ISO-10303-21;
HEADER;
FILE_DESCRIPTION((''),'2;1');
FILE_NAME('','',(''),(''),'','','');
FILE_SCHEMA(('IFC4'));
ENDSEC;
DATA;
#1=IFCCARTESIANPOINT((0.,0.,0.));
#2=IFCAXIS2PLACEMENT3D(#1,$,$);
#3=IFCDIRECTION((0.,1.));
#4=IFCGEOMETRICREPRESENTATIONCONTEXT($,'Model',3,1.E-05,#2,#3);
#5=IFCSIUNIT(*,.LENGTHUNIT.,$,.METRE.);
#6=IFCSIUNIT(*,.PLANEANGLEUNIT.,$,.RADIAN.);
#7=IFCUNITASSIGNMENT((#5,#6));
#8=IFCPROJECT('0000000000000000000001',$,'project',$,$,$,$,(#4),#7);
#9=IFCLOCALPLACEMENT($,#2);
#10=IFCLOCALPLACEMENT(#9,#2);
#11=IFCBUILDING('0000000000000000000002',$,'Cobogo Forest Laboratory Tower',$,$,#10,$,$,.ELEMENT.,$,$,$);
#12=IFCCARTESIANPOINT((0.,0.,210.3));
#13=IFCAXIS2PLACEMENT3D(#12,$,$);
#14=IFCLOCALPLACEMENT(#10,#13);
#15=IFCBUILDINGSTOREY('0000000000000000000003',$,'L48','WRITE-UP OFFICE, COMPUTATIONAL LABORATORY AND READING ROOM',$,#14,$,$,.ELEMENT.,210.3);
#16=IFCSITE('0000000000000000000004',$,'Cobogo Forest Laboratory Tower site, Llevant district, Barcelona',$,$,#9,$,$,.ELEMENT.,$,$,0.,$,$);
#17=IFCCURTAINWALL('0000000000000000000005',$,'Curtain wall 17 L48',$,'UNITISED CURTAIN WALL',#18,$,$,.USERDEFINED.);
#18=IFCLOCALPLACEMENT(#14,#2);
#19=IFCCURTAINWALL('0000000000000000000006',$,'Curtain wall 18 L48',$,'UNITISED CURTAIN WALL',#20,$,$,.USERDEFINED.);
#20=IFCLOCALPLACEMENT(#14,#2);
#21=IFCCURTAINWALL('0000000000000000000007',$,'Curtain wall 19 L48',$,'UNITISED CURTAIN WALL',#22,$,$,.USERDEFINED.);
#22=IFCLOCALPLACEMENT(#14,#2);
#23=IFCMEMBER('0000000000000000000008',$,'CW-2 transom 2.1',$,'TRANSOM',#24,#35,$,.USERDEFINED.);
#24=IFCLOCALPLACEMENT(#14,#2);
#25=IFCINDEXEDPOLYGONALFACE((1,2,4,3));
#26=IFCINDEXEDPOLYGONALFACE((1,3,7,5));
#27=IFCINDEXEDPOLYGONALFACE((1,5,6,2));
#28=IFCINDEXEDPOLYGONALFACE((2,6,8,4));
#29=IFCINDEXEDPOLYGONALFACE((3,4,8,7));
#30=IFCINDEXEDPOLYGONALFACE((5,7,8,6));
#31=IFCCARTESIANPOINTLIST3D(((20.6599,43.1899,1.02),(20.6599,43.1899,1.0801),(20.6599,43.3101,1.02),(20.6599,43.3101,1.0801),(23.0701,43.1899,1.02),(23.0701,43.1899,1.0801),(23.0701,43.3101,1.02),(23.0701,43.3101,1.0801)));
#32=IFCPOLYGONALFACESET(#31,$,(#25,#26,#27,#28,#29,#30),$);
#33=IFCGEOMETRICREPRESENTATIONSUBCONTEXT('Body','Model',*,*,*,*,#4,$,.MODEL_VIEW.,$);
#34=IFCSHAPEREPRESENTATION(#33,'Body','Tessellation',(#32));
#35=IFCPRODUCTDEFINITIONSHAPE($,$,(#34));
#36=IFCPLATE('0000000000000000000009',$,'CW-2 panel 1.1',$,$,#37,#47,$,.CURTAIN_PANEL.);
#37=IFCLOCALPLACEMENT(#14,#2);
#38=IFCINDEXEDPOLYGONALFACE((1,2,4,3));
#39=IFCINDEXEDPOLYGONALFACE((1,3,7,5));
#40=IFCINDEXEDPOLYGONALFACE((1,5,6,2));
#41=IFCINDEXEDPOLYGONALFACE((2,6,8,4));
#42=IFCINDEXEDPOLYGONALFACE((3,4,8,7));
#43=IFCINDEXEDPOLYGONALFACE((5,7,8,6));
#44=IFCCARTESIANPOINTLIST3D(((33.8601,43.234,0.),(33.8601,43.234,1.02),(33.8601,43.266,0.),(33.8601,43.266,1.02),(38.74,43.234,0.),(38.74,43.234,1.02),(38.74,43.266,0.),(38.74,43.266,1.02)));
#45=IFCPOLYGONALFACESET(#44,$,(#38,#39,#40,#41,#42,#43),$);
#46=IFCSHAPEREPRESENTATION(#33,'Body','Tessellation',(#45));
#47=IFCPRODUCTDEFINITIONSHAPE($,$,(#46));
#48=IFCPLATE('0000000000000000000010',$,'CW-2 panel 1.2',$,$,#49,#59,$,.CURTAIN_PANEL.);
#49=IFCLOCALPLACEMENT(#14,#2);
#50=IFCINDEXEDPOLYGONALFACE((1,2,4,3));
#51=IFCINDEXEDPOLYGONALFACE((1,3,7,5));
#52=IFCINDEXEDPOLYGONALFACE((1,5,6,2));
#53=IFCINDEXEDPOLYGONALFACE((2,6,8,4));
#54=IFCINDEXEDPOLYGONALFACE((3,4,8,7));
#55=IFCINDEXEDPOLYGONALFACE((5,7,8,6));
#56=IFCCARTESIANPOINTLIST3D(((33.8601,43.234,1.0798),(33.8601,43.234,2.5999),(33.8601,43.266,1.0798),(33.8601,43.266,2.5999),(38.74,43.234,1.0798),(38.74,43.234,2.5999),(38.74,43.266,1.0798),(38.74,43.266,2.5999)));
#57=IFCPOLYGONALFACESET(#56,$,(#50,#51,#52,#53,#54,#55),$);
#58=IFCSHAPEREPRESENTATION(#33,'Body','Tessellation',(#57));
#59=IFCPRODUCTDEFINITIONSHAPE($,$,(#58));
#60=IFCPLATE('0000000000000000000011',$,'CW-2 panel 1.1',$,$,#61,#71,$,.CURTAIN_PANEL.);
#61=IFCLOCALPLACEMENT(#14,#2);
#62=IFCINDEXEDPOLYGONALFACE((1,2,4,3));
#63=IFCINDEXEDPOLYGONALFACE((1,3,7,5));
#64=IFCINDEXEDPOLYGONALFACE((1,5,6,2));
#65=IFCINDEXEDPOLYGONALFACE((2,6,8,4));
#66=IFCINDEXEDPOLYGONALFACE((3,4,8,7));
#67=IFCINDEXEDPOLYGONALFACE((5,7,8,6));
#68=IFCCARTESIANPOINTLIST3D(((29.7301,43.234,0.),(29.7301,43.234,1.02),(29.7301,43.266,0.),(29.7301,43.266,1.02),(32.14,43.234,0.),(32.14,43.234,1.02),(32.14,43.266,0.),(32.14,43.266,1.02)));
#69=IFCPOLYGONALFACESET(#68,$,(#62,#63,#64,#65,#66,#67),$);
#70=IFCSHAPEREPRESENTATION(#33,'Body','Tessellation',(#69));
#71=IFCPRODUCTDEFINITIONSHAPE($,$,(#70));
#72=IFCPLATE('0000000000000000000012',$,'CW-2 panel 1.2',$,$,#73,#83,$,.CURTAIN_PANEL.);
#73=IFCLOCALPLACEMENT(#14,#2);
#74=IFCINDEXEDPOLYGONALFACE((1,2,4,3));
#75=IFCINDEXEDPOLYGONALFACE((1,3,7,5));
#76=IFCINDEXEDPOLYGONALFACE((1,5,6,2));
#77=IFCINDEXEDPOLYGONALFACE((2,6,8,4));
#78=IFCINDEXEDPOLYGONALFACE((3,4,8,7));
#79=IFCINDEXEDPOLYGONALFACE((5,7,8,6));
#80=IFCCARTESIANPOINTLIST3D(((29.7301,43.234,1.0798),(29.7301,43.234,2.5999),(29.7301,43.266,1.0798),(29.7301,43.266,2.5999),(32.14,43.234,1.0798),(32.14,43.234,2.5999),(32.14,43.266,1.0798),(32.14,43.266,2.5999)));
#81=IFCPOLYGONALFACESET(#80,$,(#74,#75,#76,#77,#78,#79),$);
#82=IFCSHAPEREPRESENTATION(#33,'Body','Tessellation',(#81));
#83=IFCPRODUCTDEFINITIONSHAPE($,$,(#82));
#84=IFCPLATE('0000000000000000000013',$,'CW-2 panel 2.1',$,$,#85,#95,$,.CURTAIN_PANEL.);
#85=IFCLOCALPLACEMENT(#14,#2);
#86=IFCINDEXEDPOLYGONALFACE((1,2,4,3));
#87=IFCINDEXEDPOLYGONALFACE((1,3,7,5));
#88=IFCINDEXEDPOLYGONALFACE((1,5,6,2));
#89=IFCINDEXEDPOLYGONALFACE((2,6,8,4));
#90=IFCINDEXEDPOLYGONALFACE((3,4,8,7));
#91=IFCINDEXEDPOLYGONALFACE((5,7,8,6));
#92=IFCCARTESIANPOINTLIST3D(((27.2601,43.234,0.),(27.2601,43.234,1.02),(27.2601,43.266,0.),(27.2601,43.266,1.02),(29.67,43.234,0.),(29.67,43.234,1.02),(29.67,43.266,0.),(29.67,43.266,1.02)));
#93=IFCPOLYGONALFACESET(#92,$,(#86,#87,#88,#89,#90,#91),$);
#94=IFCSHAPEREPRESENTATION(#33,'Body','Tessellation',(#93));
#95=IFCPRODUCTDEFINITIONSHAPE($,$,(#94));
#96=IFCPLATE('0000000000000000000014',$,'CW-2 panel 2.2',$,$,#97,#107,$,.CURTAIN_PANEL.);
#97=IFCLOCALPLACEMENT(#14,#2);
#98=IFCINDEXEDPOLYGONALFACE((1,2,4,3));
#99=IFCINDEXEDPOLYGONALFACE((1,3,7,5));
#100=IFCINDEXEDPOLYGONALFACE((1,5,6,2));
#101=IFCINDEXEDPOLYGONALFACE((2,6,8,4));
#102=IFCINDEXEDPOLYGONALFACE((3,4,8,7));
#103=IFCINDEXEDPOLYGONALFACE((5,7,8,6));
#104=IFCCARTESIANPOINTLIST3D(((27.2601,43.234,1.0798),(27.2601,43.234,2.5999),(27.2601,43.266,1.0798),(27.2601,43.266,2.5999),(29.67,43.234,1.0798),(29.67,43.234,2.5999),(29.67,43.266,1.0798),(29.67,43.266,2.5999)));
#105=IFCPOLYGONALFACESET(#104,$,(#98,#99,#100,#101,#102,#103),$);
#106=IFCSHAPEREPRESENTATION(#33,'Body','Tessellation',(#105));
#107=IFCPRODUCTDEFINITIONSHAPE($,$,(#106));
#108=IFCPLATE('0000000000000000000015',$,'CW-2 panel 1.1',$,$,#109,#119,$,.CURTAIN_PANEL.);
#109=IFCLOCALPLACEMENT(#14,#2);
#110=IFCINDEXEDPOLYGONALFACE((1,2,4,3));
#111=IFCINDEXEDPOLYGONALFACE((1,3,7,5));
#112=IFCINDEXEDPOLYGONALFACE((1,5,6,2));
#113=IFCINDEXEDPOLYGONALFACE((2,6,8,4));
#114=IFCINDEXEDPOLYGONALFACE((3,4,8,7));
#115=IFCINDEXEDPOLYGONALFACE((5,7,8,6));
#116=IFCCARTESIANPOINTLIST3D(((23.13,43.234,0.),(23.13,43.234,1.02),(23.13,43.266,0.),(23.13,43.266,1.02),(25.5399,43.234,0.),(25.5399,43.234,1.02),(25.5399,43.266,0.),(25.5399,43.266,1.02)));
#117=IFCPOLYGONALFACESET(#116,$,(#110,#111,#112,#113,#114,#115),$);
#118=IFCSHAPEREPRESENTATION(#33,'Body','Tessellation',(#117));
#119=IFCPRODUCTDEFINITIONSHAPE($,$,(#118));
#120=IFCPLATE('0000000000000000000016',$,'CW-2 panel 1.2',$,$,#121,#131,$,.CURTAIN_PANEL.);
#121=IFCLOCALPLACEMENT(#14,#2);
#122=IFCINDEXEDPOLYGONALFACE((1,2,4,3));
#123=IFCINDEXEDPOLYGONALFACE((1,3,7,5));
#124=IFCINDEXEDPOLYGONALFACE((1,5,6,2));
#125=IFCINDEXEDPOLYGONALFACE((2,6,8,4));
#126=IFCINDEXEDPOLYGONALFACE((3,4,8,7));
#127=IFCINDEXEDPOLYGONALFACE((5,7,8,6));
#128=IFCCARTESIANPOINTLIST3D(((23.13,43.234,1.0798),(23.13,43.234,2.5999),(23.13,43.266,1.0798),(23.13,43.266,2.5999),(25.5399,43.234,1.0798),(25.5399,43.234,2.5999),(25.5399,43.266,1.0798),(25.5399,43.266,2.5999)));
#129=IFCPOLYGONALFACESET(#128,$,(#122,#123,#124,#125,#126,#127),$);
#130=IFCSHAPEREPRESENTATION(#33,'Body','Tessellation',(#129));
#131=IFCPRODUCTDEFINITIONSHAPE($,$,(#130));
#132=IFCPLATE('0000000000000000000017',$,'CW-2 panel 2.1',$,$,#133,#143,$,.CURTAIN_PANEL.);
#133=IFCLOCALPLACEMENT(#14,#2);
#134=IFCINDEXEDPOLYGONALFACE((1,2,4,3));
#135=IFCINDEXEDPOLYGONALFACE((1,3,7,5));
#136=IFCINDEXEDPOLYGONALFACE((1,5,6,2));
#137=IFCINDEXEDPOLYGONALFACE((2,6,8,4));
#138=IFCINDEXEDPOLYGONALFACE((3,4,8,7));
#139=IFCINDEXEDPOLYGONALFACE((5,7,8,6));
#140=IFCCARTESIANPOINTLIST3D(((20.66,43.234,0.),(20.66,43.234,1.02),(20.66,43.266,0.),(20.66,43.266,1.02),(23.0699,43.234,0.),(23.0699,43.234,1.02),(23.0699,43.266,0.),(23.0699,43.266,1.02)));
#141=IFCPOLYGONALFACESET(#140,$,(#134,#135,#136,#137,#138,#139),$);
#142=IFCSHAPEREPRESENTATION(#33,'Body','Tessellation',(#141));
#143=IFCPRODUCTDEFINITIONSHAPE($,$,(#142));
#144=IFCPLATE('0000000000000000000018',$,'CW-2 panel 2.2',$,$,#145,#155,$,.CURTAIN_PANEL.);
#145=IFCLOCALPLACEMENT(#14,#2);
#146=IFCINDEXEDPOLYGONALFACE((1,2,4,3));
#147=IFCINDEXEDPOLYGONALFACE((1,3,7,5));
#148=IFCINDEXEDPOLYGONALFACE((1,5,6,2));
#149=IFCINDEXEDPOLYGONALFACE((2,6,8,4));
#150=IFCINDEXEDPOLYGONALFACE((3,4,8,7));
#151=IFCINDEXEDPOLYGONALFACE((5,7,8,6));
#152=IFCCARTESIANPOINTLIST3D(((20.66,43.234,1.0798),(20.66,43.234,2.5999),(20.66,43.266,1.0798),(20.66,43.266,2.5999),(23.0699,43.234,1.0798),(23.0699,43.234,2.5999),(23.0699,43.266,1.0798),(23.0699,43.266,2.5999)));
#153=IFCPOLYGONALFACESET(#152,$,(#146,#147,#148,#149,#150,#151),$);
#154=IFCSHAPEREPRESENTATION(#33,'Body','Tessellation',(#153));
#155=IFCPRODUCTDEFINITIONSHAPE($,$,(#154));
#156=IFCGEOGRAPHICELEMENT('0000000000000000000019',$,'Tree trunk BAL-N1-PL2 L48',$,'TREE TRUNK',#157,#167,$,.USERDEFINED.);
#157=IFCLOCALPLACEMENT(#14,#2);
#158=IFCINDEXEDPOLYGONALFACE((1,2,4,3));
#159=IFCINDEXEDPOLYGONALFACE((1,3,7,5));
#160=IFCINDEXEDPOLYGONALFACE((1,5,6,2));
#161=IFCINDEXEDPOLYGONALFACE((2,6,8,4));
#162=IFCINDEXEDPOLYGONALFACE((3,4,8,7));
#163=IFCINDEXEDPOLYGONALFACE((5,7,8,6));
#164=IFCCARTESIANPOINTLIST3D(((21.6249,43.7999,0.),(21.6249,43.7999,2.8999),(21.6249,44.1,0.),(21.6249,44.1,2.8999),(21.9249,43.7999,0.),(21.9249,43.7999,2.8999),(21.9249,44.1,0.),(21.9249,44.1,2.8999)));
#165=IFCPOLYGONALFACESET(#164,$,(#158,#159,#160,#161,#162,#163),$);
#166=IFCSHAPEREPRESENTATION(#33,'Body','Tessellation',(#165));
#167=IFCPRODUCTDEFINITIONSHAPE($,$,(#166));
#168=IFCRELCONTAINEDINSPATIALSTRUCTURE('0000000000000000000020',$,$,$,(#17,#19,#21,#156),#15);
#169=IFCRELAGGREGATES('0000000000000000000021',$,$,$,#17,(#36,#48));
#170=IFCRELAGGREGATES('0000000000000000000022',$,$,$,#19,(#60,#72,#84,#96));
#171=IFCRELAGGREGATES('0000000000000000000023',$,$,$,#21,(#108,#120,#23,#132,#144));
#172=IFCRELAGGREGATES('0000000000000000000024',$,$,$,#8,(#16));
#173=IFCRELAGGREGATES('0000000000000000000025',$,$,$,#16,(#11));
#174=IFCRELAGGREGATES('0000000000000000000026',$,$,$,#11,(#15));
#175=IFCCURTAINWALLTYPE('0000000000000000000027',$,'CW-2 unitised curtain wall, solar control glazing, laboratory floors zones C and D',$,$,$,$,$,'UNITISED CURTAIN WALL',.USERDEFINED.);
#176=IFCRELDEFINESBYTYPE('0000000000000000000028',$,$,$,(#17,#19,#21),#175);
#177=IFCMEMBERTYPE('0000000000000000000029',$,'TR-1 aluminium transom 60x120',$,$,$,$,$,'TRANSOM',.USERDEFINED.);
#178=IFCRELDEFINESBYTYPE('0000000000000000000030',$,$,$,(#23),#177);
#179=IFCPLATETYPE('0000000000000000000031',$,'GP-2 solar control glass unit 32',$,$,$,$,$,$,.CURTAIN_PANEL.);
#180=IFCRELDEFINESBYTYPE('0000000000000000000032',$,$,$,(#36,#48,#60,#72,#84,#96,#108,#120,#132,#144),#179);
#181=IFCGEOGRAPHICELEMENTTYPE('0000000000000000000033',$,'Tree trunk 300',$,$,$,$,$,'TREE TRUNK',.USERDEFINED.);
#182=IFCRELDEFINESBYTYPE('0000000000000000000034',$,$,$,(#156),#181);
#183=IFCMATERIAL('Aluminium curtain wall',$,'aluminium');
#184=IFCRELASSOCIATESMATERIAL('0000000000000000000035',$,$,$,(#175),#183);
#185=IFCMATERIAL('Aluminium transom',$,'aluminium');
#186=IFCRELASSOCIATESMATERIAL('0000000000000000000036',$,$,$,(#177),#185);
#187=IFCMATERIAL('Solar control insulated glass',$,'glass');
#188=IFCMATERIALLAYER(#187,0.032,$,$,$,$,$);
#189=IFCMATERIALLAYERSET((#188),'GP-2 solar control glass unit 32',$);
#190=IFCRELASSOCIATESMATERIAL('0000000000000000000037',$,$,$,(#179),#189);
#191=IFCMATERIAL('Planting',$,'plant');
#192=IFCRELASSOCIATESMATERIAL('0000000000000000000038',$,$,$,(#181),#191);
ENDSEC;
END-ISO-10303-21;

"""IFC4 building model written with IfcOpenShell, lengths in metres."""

from ifc_helpers import new_model, si_unit, direction, frame, origin, origin_2d, place, context, subcontext, project, spatial, rectangle, extrude, material, layer, layer_set, material_profile, profile_set, type_object, element, aggregate, save


model = new_model("IFC4")

# Units and contexts
model_context = context("Model", 3, precision=1e-05, world=origin(), true_north=direction((0.0, 1.0)))
body_context = subcontext(model_context, "Body", "Model", "MODEL_VIEW")
ifc_project = project(units=[si_unit("LENGTHUNIT", "METRE"), si_unit("PLANEANGLEUNIT", "RADIAN")], contexts=[model_context])

# Site, building, storey
site_placement = place(None, origin())
site = spatial("IfcSite", under=ifc_project, at=site_placement, Name="Cobogo Forest Laboratory Tower site, Llevant district, Barcelona", CompositionType="ELEMENT", RefElevation=0.0)
building_placement = place(site_placement, origin())
building = spatial("IfcBuilding", under=site, at=building_placement, Name="Cobogo Forest Laboratory Tower", CompositionType="ELEMENT")
storey_placement = place(building_placement, frame((0.0, 0.0, 210.3)))
storey = spatial("IfcBuildingStorey", under=building, at=storey_placement, Name="L48", Description="WRITE-UP OFFICE, COMPUTATIONAL LABORATORY AND READING ROOM", CompositionType="ELEMENT", Elevation=210.3)

# Curtain walls
ifc_material_1 = material(Name="Aluminium curtain wall", Category="aluminium")
curtain_wall_type = type_object("IfcCurtainWallType", Name="CW-2 unitised curtain wall, solar control glazing, laboratory floors zones C and D", ElementType="UNITISED CURTAIN WALL", PredefinedType="USERDEFINED", material=ifc_material_1)
curtain_wall_1_placement = place(storey_placement, origin())
curtain_wall_1 = element("IfcCurtainWall", 1, at=curtain_wall_1_placement, inside=storey, type_object=curtain_wall_type, Name="Curtain wall 17 L48", ObjectType="UNITISED CURTAIN WALL", PredefinedType="USERDEFINED")
curtain_wall_2_placement = place(storey_placement, origin())
curtain_wall_2 = element("IfcCurtainWall", 2, at=curtain_wall_2_placement, inside=storey, type_object=curtain_wall_type, Name="Curtain wall 18 L48", ObjectType="UNITISED CURTAIN WALL", PredefinedType="USERDEFINED")
curtain_wall_3_placement = place(storey_placement, origin())
curtain_wall_3 = element("IfcCurtainWall", 3, at=curtain_wall_3_placement, inside=storey, type_object=curtain_wall_type, Name="Curtain wall 19 L48", ObjectType="UNITISED CURTAIN WALL", PredefinedType="USERDEFINED")

# Member
ifc_material_2 = material(Name="Aluminium transom", Category="aluminium")
ifc_material_profile_1 = material_profile(ifc_material_2, rectangle(XDim=0.1201, YDim=0.0601, at=origin_2d()), Name="AL 60x120")
ifc_profile_set_1 = profile_set([ifc_material_profile_1], Name="Aluminium transom")
member_type_1 = type_object("IfcMemberType", Name="TR-1 aluminium transom 60x120", ElementType="TRANSOM", PredefinedType="USERDEFINED", material=ifc_profile_set_1)
member_1_placement = place(storey_placement, frame((23.0701, 43.25, 1.05), z_axis=(-1.0, 0.0, 0.0), x_axis=(0.0, -1.0, 0.0)))
member_1 = element("IfcMember", 4, at=member_1_placement, type_object=member_type_1, Name="CW-2 transom 2.1", ObjectType="TRANSOM", PredefinedType="USERDEFINED", context=body_context, shape_type="SweptSolid", body=[
    extrude(rectangle(XDim=0.1201, YDim=0.0601, at=origin_2d()), origin(), (0.0, 0.0, 1.0), 2.4102),
])

# Plates
ifc_material_3 = material(Name="Solar control insulated glass", Category="glass")
ifc_layer = layer(ifc_material_3, 0.032)
ifc_layer_set = layer_set([ifc_layer], Name="GP-2 solar control glass unit 32")
plate_type_1 = type_object("IfcPlateType", Name="GP-2 solar control glass unit 32", PredefinedType="CURTAIN_PANEL", material=ifc_layer_set)
plate_1_placement = place(storey_placement, frame((36.3, 43.25, 0.0), z_axis=(0.0, 0.0, 1.0), x_axis=(-1.0, 0.0, 0.0)))
plate_1 = element("IfcPlate", 5, at=plate_1_placement, type_object=plate_type_1, Name="CW-2 panel 1.1", PredefinedType="CURTAIN_PANEL", context=body_context, shape_type="SweptSolid", body=[
    extrude(rectangle(XDim=4.8799, YDim=0.032, at=origin_2d()), origin(), (0.0, 0.0, 1.0), 1.02),
])
plate_2_placement = place(storey_placement, frame((36.3, 43.25, 1.0798), z_axis=(0.0, 0.0, 1.0), x_axis=(-1.0, 0.0, 0.0)))
plate_2 = element("IfcPlate", 6, at=plate_2_placement, type_object=plate_type_1, Name="CW-2 panel 1.2", PredefinedType="CURTAIN_PANEL", context=body_context, shape_type="SweptSolid", body=[
    extrude(rectangle(XDim=4.8799, YDim=0.032, at=origin_2d()), origin(), (0.0, 0.0, 1.0), 1.52),
])
aggregate(curtain_wall_1, [plate_1, plate_2])
plate_3_placement = place(storey_placement, frame((30.9351, 43.25, 0.0), z_axis=(0.0, 0.0, 1.0), x_axis=(-1.0, 0.0, 0.0)))
plate_3 = element("IfcPlate", 7, at=plate_3_placement, type_object=plate_type_1, Name="CW-2 panel 1.1", PredefinedType="CURTAIN_PANEL", context=body_context, shape_type="SweptSolid", body=[
    extrude(rectangle(XDim=2.4099, YDim=0.032, at=origin_2d()), origin(), (0.0, 0.0, 1.0), 1.02),
])
plate_4_placement = place(storey_placement, frame((30.9351, 43.25, 1.0798), z_axis=(0.0, 0.0, 1.0), x_axis=(-1.0, 0.0, 0.0)))
plate_4 = element("IfcPlate", 8, at=plate_4_placement, type_object=plate_type_1, Name="CW-2 panel 1.2", PredefinedType="CURTAIN_PANEL", context=body_context, shape_type="SweptSolid", body=[
    extrude(rectangle(XDim=2.4099, YDim=0.032, at=origin_2d()), origin(), (0.0, 0.0, 1.0), 1.52),
])
plate_5_placement = place(storey_placement, frame((28.4651, 43.25, 0.0), z_axis=(0.0, 0.0, 1.0), x_axis=(-1.0, 0.0, 0.0)))
plate_5 = element("IfcPlate", 9, at=plate_5_placement, type_object=plate_type_1, Name="CW-2 panel 2.1", PredefinedType="CURTAIN_PANEL", context=body_context, shape_type="SweptSolid", body=[
    extrude(rectangle(XDim=2.4099, YDim=0.032, at=origin_2d()), origin(), (0.0, 0.0, 1.0), 1.02),
])
plate_6_placement = place(storey_placement, frame((28.4651, 43.25, 1.0798), z_axis=(0.0, 0.0, 1.0), x_axis=(-1.0, 0.0, 0.0)))
plate_6 = element("IfcPlate", 10, at=plate_6_placement, type_object=plate_type_1, Name="CW-2 panel 2.2", PredefinedType="CURTAIN_PANEL", context=body_context, shape_type="SweptSolid", body=[
    extrude(rectangle(XDim=2.4099, YDim=0.032, at=origin_2d()), origin(), (0.0, 0.0, 1.0), 1.52),
])
aggregate(curtain_wall_2, [plate_3, plate_4, plate_5, plate_6])
plate_7_placement = place(storey_placement, frame((24.335, 43.25, 0.0), z_axis=(0.0, 0.0, 1.0), x_axis=(-1.0, 0.0, 0.0)))
plate_7 = element("IfcPlate", 11, at=plate_7_placement, type_object=plate_type_1, Name="CW-2 panel 1.1", PredefinedType="CURTAIN_PANEL", context=body_context, shape_type="SweptSolid", body=[
    extrude(rectangle(XDim=2.4099, YDim=0.032, at=origin_2d()), origin(), (0.0, 0.0, 1.0), 1.02),
])
plate_8_placement = place(storey_placement, frame((24.335, 43.25, 1.0798), z_axis=(0.0, 0.0, 1.0), x_axis=(-1.0, 0.0, 0.0)))
plate_8 = element("IfcPlate", 12, at=plate_8_placement, type_object=plate_type_1, Name="CW-2 panel 1.2", PredefinedType="CURTAIN_PANEL", context=body_context, shape_type="SweptSolid", body=[
    extrude(rectangle(XDim=2.4099, YDim=0.032, at=origin_2d()), origin(), (0.0, 0.0, 1.0), 1.52),
])
plate_9_placement = place(storey_placement, frame((21.865, 43.25, 0.0), z_axis=(0.0, 0.0, 1.0), x_axis=(-1.0, 0.0, 0.0)))
plate_9 = element("IfcPlate", 13, at=plate_9_placement, type_object=plate_type_1, Name="CW-2 panel 2.1", PredefinedType="CURTAIN_PANEL", context=body_context, shape_type="SweptSolid", body=[
    extrude(rectangle(XDim=2.4099, YDim=0.032, at=origin_2d()), origin(), (0.0, 0.0, 1.0), 1.02),
])
plate_10_placement = place(storey_placement, frame((21.865, 43.25, 1.0798), z_axis=(0.0, 0.0, 1.0), x_axis=(-1.0, 0.0, 0.0)))
plate_10 = element("IfcPlate", 14, at=plate_10_placement, type_object=plate_type_1, Name="CW-2 panel 2.2", PredefinedType="CURTAIN_PANEL", context=body_context, shape_type="SweptSolid", body=[
    extrude(rectangle(XDim=2.4099, YDim=0.032, at=origin_2d()), origin(), (0.0, 0.0, 1.0), 1.52),
])
aggregate(curtain_wall_3, [plate_7, plate_8, member_1, plate_9, plate_10])

# Geographic element
ifc_material_4 = material(Name="Planting", Category="plant")
geographic_element_type = type_object("IfcGeographicElementType", Name="Tree trunk 300", ElementType="TREE TRUNK", PredefinedType="USERDEFINED", material=ifc_material_4)
geographic_element_placement = place(storey_placement, frame((21.7749, 43.95, 0.0), z_axis=(0.0, 0.0, 1.0), x_axis=(1.0, 0.0, 0.0)))
element("IfcGeographicElement", 15, at=geographic_element_placement, inside=storey, type_object=geographic_element_type, Name="Tree trunk BAL-N1-PL2 L48", ObjectType="TREE TRUNK", PredefinedType="USERDEFINED", context=body_context, shape_type="SweptSolid", body=[
    extrude(rectangle(XDim=0.3, YDim=0.3, at=origin_2d()), origin(), (0.0, 0.0, 1.0), 2.8999),
])

save(model, "model.ifc")
